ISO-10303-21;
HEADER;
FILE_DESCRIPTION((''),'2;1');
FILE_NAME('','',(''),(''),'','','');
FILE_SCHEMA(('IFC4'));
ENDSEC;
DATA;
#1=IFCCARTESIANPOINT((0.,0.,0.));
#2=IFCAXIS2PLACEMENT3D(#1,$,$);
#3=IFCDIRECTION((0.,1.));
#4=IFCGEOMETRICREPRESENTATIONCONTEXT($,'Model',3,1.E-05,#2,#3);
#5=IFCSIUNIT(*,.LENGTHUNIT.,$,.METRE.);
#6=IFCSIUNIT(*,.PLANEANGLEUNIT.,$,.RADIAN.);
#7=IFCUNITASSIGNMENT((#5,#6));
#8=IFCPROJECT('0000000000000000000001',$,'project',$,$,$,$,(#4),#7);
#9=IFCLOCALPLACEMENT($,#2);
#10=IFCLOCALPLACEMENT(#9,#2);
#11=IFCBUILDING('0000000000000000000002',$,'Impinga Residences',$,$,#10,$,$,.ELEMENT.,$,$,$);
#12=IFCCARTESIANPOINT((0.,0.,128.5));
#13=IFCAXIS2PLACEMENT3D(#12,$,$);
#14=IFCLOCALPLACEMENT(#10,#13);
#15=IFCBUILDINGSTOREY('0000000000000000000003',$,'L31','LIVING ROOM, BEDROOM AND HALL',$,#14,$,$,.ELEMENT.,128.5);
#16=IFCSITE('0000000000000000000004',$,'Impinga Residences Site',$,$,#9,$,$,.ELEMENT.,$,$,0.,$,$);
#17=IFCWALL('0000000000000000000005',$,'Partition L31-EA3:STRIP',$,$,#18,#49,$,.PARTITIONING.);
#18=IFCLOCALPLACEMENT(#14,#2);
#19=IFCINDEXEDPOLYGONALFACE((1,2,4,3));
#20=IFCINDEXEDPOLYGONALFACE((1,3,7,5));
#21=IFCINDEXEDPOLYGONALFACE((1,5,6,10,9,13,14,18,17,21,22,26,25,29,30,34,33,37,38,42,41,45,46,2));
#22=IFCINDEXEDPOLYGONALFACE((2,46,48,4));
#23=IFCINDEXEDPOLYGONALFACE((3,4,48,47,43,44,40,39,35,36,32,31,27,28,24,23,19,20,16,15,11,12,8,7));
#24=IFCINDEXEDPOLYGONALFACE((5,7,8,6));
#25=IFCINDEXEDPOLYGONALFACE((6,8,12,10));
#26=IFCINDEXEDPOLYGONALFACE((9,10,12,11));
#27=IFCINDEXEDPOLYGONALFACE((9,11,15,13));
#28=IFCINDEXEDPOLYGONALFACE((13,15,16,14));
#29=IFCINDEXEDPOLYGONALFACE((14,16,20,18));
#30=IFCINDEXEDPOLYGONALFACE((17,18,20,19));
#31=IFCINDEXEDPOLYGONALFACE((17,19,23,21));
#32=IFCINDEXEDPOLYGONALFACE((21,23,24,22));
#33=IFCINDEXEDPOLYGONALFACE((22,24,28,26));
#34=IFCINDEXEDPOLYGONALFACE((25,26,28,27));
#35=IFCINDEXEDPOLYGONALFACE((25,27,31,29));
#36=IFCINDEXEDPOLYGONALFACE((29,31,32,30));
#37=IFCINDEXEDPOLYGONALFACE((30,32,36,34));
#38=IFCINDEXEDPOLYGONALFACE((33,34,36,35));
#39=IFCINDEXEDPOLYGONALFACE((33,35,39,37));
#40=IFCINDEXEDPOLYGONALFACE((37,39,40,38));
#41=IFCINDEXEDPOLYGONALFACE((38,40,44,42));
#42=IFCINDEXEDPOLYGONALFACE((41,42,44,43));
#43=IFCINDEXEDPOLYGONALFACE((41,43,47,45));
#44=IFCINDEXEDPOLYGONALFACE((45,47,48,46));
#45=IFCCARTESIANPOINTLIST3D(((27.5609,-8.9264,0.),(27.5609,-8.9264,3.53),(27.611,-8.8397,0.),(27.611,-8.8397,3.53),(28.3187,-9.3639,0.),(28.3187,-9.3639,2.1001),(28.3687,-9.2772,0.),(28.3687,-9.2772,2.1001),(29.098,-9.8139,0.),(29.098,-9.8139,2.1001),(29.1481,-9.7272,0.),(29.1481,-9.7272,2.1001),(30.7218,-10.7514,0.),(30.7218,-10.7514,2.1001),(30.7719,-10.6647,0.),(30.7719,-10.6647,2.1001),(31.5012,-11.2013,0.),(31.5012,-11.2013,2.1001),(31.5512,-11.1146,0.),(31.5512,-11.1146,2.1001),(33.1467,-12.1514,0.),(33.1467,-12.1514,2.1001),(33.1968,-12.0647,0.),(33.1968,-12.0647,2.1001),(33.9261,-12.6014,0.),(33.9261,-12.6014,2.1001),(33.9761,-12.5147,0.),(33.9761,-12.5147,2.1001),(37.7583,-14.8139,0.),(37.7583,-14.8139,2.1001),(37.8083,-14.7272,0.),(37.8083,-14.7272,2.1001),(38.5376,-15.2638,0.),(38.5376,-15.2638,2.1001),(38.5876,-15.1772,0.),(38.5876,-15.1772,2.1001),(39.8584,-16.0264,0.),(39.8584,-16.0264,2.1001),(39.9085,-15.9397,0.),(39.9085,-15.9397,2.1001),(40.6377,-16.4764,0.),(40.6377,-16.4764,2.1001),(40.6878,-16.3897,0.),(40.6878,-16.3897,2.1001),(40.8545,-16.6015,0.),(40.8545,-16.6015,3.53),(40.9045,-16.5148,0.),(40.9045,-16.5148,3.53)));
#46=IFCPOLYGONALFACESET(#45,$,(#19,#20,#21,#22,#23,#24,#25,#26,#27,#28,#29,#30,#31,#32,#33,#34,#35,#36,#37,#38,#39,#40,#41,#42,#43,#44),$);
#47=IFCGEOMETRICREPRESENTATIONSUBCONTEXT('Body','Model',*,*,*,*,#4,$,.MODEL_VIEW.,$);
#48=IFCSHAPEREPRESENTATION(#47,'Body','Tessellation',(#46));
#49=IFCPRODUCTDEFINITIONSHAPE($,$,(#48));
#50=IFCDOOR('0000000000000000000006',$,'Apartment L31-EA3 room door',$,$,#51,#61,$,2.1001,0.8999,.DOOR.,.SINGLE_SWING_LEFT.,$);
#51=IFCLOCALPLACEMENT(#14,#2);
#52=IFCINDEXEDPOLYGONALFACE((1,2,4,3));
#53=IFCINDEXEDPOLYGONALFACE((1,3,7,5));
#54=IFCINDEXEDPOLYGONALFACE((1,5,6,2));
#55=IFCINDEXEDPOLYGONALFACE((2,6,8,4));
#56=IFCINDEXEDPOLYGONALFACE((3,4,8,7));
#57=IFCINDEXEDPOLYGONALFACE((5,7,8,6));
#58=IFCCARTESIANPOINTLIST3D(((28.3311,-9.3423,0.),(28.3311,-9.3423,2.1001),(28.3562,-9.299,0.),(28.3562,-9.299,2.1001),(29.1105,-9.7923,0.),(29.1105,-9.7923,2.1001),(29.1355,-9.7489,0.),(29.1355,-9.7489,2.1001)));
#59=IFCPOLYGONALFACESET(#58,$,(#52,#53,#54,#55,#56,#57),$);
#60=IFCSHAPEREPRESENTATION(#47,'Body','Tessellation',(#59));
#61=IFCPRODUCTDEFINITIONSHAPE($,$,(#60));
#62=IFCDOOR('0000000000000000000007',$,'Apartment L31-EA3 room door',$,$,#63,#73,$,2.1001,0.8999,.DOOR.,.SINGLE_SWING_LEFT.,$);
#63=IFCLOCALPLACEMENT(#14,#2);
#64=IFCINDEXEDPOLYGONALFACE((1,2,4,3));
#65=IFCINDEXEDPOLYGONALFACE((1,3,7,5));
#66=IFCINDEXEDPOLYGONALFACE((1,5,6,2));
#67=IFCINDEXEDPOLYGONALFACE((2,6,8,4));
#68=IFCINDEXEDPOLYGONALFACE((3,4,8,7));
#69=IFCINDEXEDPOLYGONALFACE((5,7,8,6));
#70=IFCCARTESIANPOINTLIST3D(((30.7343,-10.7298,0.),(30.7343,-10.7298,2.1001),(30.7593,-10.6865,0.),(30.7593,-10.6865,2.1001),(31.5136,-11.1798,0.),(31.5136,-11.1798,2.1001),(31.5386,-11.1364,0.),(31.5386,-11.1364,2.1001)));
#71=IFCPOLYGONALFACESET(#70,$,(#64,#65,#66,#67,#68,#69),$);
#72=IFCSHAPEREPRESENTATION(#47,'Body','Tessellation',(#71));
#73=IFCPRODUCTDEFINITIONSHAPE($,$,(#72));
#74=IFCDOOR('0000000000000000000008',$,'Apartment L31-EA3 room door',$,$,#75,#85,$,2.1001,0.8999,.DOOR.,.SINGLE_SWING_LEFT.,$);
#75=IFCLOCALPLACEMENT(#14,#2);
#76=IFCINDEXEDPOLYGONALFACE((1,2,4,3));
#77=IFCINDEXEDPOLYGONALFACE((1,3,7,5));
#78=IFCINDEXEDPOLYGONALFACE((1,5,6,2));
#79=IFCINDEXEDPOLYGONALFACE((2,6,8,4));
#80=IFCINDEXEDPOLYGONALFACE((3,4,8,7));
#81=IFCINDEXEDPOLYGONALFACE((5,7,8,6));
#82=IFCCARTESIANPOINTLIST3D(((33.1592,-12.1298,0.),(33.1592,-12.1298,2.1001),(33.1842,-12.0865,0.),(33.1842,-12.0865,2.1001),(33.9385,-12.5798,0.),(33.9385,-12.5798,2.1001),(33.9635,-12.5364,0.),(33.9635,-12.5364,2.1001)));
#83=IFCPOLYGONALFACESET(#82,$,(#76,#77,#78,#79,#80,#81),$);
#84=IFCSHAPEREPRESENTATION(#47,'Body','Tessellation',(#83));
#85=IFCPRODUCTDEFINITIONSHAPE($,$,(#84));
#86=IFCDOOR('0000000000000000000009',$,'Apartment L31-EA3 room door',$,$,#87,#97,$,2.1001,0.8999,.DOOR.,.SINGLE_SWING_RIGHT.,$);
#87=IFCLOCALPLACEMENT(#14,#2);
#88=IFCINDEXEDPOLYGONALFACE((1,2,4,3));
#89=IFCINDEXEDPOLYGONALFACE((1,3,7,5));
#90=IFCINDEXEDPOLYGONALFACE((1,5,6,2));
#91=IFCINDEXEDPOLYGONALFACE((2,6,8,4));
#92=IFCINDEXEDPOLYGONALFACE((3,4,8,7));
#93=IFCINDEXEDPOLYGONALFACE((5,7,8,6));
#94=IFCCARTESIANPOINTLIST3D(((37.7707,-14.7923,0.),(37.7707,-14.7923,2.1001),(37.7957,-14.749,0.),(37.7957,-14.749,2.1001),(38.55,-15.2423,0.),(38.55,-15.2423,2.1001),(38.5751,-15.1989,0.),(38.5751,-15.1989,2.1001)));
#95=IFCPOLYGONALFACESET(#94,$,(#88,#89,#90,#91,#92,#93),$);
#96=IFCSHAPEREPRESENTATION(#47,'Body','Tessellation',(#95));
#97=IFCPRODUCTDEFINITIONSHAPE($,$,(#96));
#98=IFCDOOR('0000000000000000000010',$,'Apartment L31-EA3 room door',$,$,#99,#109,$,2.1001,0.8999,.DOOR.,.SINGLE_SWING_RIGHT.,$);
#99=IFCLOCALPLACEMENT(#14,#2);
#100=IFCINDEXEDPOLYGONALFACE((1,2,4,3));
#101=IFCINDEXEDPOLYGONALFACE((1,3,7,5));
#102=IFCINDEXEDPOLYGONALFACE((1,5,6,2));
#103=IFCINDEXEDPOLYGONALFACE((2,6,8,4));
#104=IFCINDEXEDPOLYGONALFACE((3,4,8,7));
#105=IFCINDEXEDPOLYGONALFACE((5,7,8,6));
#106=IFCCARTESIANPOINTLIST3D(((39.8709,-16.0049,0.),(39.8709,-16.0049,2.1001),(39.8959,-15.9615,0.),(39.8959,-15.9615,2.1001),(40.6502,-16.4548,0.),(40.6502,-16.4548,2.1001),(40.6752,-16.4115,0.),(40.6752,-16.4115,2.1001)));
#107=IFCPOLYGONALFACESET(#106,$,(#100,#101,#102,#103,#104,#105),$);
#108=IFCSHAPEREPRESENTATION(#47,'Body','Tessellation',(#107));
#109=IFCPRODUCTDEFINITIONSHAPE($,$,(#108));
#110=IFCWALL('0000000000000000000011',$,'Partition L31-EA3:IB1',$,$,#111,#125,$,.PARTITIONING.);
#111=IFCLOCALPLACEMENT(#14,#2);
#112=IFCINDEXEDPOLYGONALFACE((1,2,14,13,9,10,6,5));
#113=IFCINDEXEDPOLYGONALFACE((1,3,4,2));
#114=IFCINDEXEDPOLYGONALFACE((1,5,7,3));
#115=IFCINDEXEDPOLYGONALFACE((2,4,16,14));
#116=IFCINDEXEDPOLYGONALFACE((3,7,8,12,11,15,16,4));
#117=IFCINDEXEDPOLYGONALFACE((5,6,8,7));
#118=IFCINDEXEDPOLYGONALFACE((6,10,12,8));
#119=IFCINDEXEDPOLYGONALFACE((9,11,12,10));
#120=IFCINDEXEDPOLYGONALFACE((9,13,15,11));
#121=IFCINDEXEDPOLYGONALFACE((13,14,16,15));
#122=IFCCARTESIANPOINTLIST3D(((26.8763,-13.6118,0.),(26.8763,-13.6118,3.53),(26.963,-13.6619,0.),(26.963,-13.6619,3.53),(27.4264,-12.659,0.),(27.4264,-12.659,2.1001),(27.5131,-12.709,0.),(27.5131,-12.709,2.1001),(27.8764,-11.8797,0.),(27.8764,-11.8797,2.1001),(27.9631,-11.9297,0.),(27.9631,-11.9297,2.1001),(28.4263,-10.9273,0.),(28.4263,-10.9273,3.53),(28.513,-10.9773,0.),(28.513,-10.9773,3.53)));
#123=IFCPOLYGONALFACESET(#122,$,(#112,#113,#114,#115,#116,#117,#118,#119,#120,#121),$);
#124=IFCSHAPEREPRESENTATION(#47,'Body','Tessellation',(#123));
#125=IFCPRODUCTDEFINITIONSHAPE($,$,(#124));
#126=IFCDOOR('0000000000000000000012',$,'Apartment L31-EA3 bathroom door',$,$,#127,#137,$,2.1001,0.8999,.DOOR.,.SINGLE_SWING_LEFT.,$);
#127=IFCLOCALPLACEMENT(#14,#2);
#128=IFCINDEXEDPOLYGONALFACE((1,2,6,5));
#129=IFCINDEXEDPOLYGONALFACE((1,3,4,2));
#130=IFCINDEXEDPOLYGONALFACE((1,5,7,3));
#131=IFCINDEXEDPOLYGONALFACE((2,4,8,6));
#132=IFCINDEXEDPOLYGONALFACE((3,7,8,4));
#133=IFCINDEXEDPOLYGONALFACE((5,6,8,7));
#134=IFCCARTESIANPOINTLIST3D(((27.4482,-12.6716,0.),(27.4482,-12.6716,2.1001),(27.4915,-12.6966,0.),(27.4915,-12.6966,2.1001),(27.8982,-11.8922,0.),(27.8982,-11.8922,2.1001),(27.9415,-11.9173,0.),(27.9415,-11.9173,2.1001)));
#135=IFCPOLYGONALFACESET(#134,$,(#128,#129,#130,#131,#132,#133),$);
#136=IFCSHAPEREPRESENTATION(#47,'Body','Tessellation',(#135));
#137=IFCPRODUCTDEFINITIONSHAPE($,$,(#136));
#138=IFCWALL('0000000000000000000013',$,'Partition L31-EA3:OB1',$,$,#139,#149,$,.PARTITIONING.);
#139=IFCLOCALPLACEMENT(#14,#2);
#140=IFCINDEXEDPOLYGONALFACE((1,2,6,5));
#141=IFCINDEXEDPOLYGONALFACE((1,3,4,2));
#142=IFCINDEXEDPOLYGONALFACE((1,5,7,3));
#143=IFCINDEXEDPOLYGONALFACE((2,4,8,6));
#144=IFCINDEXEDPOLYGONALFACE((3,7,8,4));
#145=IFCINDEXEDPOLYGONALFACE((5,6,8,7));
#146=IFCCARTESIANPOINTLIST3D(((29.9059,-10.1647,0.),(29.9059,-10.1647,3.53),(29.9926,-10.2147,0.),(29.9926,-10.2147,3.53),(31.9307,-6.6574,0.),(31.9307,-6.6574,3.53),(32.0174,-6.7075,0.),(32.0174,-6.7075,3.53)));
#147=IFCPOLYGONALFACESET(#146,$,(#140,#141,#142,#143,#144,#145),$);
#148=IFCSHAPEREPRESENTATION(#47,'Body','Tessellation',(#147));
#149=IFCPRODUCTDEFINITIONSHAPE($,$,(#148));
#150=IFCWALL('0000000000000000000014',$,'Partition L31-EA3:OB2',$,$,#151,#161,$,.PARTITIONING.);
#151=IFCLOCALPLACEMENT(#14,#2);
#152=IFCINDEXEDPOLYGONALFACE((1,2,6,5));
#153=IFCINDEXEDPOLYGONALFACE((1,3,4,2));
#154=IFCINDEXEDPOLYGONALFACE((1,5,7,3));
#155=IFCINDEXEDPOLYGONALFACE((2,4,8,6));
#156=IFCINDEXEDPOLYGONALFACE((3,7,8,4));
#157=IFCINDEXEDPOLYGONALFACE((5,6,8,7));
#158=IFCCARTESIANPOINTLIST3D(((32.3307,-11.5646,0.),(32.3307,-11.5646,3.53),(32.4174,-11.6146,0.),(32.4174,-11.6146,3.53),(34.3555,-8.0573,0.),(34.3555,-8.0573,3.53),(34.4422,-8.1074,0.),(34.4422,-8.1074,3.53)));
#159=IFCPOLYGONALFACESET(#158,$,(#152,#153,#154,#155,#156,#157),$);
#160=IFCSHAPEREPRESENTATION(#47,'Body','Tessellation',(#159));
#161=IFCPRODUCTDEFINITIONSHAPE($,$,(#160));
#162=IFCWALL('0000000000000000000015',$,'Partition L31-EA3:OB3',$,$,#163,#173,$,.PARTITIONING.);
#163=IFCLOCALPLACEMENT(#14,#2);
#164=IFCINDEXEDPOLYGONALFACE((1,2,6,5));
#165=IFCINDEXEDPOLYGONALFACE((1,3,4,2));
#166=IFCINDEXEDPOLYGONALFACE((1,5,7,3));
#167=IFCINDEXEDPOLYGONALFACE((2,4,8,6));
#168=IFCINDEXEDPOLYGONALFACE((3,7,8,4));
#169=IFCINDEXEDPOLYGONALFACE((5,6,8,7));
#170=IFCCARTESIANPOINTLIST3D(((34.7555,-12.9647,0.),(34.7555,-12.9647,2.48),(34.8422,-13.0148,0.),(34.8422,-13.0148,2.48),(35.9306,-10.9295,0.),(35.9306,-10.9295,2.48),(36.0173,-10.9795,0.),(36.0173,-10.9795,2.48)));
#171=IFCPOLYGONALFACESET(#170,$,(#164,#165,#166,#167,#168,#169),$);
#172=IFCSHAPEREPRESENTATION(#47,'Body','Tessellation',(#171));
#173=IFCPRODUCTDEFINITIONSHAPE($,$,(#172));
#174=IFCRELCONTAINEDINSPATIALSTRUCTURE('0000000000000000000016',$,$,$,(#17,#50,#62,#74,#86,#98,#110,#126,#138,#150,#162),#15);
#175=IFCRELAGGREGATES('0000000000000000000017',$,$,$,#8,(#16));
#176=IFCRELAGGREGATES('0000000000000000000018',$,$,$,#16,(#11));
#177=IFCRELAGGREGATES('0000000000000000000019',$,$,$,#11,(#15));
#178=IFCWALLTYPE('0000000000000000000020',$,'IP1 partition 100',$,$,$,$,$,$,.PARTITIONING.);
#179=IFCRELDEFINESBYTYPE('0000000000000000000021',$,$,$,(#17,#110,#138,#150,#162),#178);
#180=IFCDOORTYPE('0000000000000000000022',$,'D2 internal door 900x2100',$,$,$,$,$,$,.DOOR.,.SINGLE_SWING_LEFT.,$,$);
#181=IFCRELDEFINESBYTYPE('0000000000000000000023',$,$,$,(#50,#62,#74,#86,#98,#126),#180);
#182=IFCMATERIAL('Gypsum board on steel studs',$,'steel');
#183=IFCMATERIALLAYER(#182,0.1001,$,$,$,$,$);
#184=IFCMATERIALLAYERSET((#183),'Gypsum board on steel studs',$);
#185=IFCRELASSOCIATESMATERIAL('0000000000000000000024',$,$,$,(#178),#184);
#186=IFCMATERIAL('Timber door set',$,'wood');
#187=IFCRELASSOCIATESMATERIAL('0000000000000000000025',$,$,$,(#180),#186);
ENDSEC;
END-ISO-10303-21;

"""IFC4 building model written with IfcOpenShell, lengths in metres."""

from ifc_helpers import new_model, si_unit, direction, frame, frame_2d, origin, place, context, subcontext, project, spatial, rectangle, extrude, material, layer, layer_set, type_object, element, fill, save


model = new_model("IFC4")

# Units and contexts
model_context = context("Model", 3, precision=1e-05, world=origin(), true_north=direction((0.0, 1.0)))
body_context = subcontext(model_context, "Body", "Model", "MODEL_VIEW")
ifc_project = project(units=[si_unit("LENGTHUNIT", "METRE"), si_unit("PLANEANGLEUNIT", "RADIAN")], contexts=[model_context])

# Site, building, storey
site_placement = place(None, origin())
site = spatial("IfcSite", under=ifc_project, at=site_placement, Name="Impinga Residences Site", CompositionType="ELEMENT", RefElevation=0.0)
building_placement = place(site_placement, origin())
building = spatial("IfcBuilding", under=site, at=building_placement, Name="Impinga Residences", CompositionType="ELEMENT")
storey_placement = place(building_placement, frame((0.0, 0.0, 128.5)))
storey = spatial("IfcBuildingStorey", under=building, at=storey_placement, Name="L31", Description="LIVING ROOM, BEDROOM AND HALL", CompositionType="ELEMENT", Elevation=128.5)

# Shared definitions
ifc_material_1 = material(Name="Gypsum board on steel studs", Category="steel")
ifc_layer_1 = layer(ifc_material_1, 0.1001)
ifc_layer_set_1 = layer_set([ifc_layer_1], Name="Gypsum board on steel studs")
wall_type_1 = type_object("IfcWallType", Name="IP1 partition 100", PredefinedType="PARTITIONING", material=ifc_layer_set_1)

# Wall, openings, doors
wall_1_placement = place(storey_placement, frame((27.5859, -8.8831, 0.0), z_axis=(0.0, 0.0, 1.0), x_axis=(0.866023, -0.500003, 0.0)))
wall_1 = element("IfcWall", 1, at=wall_1_placement, inside=storey, type_object=wall_type_1, Name="Partition L31-EA3:STRIP", PredefinedType="PARTITIONING", context=body_context, shape_type="SweptSolid", body=[
    extrude(rectangle(XDim=15.3501, YDim=0.1001, at=frame_2d((7.675, 0.0))), origin(), (0.0, 0.0, 1.0), 3.53),
])
opening_1_placement = place(wall_1_placement, frame((0.875, 0.0, 0.0)))
opening_1 = element("IfcOpeningElement", 2, at=opening_1_placement, cuts=wall_1, PredefinedType="OPENING", context=body_context, shape_type="SweptSolid", body=[
    extrude(rectangle(XDim=0.8999, YDim=2.1001, at=frame_2d((0.45, 1.05))), frame((0.0, 0.0601, 0.0), z_axis=(0.0, -1.0, 0.0), x_axis=(1.0, 0.0, 0.0)), (0.0, 0.0, 1.0), 0.1201),
])
opening_2_placement = place(wall_1_placement, frame((3.6499, 0.0, 0.0)))
opening_2 = element("IfcOpeningElement", 3, at=opening_2_placement, cuts=wall_1, PredefinedType="OPENING", context=body_context, shape_type="SweptSolid", body=[
    extrude(rectangle(XDim=0.8999, YDim=2.1001, at=frame_2d((0.45, 1.05))), frame((0.0, 0.0601, 0.0), z_axis=(0.0, -1.0, 0.0), x_axis=(1.0, 0.0, 0.0)), (0.0, 0.0, 1.0), 0.1201),
])
opening_3_placement = place(wall_1_placement, frame((6.45, 0.0, 0.0)))
opening_3 = element("IfcOpeningElement", 4, at=opening_3_placement, cuts=wall_1, PredefinedType="OPENING", context=body_context, shape_type="SweptSolid", body=[
    extrude(rectangle(XDim=0.8999, YDim=2.1001, at=frame_2d((0.45, 1.05))), frame((0.0, 0.0601, 0.0), z_axis=(0.0, -1.0, 0.0), x_axis=(1.0, 0.0, 0.0)), (0.0, 0.0, 1.0), 0.1201),
])
opening_4_placement = place(wall_1_placement, frame((11.7749, 0.0, 0.0)))
opening_4 = element("IfcOpeningElement", 5, at=opening_4_placement, cuts=wall_1, PredefinedType="OPENING", context=body_context, shape_type="SweptSolid", body=[
    extrude(rectangle(XDim=0.8999, YDim=2.1001, at=frame_2d((0.45, 1.05))), frame((0.0, 0.0601, 0.0), z_axis=(0.0, -1.0, 0.0), x_axis=(1.0, 0.0, 0.0)), (0.0, 0.0, 1.0), 0.1201),
])
opening_5_placement = place(wall_1_placement, frame((14.2, 0.0, 0.0)))
opening_5 = element("IfcOpeningElement", 6, at=opening_5_placement, cuts=wall_1, PredefinedType="OPENING", context=body_context, shape_type="SweptSolid", body=[
    extrude(rectangle(XDim=0.8999, YDim=2.1001, at=frame_2d((0.45, 1.05))), frame((0.0, 0.0601, 0.0), z_axis=(0.0, -1.0, 0.0), x_axis=(1.0, 0.0, 0.0)), (0.0, 0.0, 1.0), 0.1201),
])
ifc_material_2 = material(Name="Timber door set", Category="wood")
door_type = type_object("IfcDoorType", Name="D2 internal door 900x2100", OperationType="SINGLE_SWING_LEFT", PredefinedType="DOOR", material=ifc_material_2)
door_1_placement = place(opening_1_placement, origin())
door_1 = element("IfcDoor", 7, at=door_1_placement, inside=storey, type_object=door_type, Name="Apartment L31-EA3 room door", OperationType="SINGLE_SWING_LEFT", OverallHeight=2.1001, OverallWidth=0.8999, PredefinedType="DOOR", context=body_context, shape_type="SweptSolid", body=[
    extrude(rectangle(XDim=0.8999, YDim=2.1001, at=frame_2d((0.45, 1.05))), frame((0.0, 0.0249, 0.0), z_axis=(0.0, -1.0, 0.0), x_axis=(1.0, 0.0, 0.0)), (0.0, 0.0, 1.0), 0.05),
])
fill(opening_1, door_1)
door_2_placement = place(opening_2_placement, origin())
door_2 = element("IfcDoor", 8, at=door_2_placement, inside=storey, type_object=door_type, Name="Apartment L31-EA3 room door", OperationType="SINGLE_SWING_LEFT", OverallHeight=2.1001, OverallWidth=0.8999, PredefinedType="DOOR", context=body_context, shape_type="SweptSolid", body=[
    extrude(rectangle(XDim=0.8999, YDim=2.1001, at=frame_2d((0.45, 1.05))), frame((0.0, 0.0249, 0.0), z_axis=(0.0, -1.0, 0.0), x_axis=(1.0, 0.0, 0.0)), (0.0, 0.0, 1.0), 0.05),
])
fill(opening_2, door_2)
door_3_placement = place(opening_3_placement, origin())
door_3 = element("IfcDoor", 9, at=door_3_placement, inside=storey, type_object=door_type, Name="Apartment L31-EA3 room door", OperationType="SINGLE_SWING_LEFT", OverallHeight=2.1001, OverallWidth=0.8999, PredefinedType="DOOR", context=body_context, shape_type="SweptSolid", body=[
    extrude(rectangle(XDim=0.8999, YDim=2.1001, at=frame_2d((0.45, 1.05))), frame((0.0, 0.0249, 0.0), z_axis=(0.0, -1.0, 0.0), x_axis=(1.0, 0.0, 0.0)), (0.0, 0.0, 1.0), 0.05),
])
fill(opening_3, door_3)
door_4_placement = place(opening_4_placement, origin())
door_4 = element("IfcDoor", 10, at=door_4_placement, inside=storey, type_object=door_type, Name="Apartment L31-EA3 room door", OperationType="SINGLE_SWING_RIGHT", OverallHeight=2.1001, OverallWidth=0.8999, PredefinedType="DOOR", context=body_context, shape_type="SweptSolid", body=[
    extrude(rectangle(XDim=0.8999, YDim=2.1001, at=frame_2d((0.45, 1.05))), frame((0.0, 0.0249, 0.0), z_axis=(0.0, -1.0, 0.0), x_axis=(1.0, 0.0, 0.0)), (0.0, 0.0, 1.0), 0.05),
])
fill(opening_4, door_4)
door_5_placement = place(opening_5_placement, origin())
door_5 = element("IfcDoor", 11, at=door_5_placement, inside=storey, type_object=door_type, Name="Apartment L31-EA3 room door", OperationType="SINGLE_SWING_RIGHT", OverallHeight=2.1001, OverallWidth=0.8999, PredefinedType="DOOR", context=body_context, shape_type="SweptSolid", body=[
    extrude(rectangle(XDim=0.8999, YDim=2.1001, at=frame_2d((0.45, 1.05))), frame((0.0, 0.0249, 0.0), z_axis=(0.0, -1.0, 0.0), x_axis=(1.0, 0.0, 0.0)), (0.0, 0.0, 1.0), 0.05),
])
fill(opening_5, door_5)

# Wall, opening, door
wall_2_placement = place(storey_placement, frame((26.9197, -13.6367, 0.0), z_axis=(0.0, 0.0, 1.0), x_axis=(0.500027, 0.86601, 0.0)))
wall_2 = element("IfcWall", 12, at=wall_2_placement, inside=storey, type_object=wall_type_1, Name="Partition L31-EA3:IB1", PredefinedType="PARTITIONING", context=body_context, shape_type="SweptSolid", body=[
    extrude(rectangle(XDim=3.0999, YDim=0.1001, at=frame_2d((1.5498, 0.0))), origin(), (0.0, 0.0, 1.0), 3.53),
])
opening_6_placement = place(wall_2_placement, frame((1.1001, 0.0, 0.0)))
opening_6 = element("IfcOpeningElement", 13, at=opening_6_placement, cuts=wall_2, PredefinedType="OPENING", context=body_context, shape_type="SweptSolid", body=[
    extrude(rectangle(XDim=0.8999, YDim=2.1001, at=frame_2d((0.45, 1.05))), frame((0.0, 0.0601, 0.0), z_axis=(0.0, -1.0, 0.0), x_axis=(1.0, 0.0, 0.0)), (0.0, 0.0, 1.0), 0.1201),
])
door_6_placement = place(opening_6_placement, origin())
door_6 = element("IfcDoor", 14, at=door_6_placement, inside=storey, type_object=door_type, Name="Apartment L31-EA3 bathroom door", OperationType="SINGLE_SWING_LEFT", OverallHeight=2.1001, OverallWidth=0.8999, PredefinedType="DOOR", context=body_context, shape_type="SweptSolid", body=[
    extrude(rectangle(XDim=0.8999, YDim=2.1001, at=frame_2d((0.45, 1.05))), frame((0.0, 0.0249, 0.0), z_axis=(0.0, -1.0, 0.0), x_axis=(1.0, 0.0, 0.0)), (0.0, 0.0, 1.0), 0.05),
])
fill(opening_6, door_6)

# Walls
for number, where, z_axis, x_axis, name in (
    (15, (29.9492, -10.1897, 0.0), (0.0, 0.0, 1.0), (0.49999, 0.866031, 0.0), "Partition L31-EA3:OB1"),
    (16, (32.374, -11.5896, 0.0), (0.0, 0.0, 1.0), (0.49999, 0.866031, 0.0), "Partition L31-EA3:OB2"),
):
    element("IfcWall", number, at=place(storey_placement, frame(where, z_axis=z_axis, x_axis=x_axis)), inside=storey, type_object=wall_type_1, Name=name, PredefinedType="PARTITIONING", context=body_context, shape_type="SweptSolid", body=[
        extrude(rectangle(XDim=4.0498, YDim=0.1001, at=frame_2d((2.0249, 0.0))), origin(), (0.0, 0.0, 1.0), 3.53),
    ])
wall_3_placement = place(storey_placement, frame((34.7988, -12.9897, 0.0), z_axis=(0.0, 0.0, 1.0), x_axis=(0.500016, 0.866016, 0.0)))
element("IfcWall", 17, at=wall_3_placement, inside=storey, type_object=wall_type_1, Name="Partition L31-EA3:OB3", PredefinedType="PARTITIONING", context=body_context, shape_type="SweptSolid", body=[
    extrude(rectangle(XDim=2.3501, YDim=0.1001, at=frame_2d((1.175, 0.0))), origin(), (0.0, 0.0, 1.0), 2.48),
])

save(model, "model.ifc")
